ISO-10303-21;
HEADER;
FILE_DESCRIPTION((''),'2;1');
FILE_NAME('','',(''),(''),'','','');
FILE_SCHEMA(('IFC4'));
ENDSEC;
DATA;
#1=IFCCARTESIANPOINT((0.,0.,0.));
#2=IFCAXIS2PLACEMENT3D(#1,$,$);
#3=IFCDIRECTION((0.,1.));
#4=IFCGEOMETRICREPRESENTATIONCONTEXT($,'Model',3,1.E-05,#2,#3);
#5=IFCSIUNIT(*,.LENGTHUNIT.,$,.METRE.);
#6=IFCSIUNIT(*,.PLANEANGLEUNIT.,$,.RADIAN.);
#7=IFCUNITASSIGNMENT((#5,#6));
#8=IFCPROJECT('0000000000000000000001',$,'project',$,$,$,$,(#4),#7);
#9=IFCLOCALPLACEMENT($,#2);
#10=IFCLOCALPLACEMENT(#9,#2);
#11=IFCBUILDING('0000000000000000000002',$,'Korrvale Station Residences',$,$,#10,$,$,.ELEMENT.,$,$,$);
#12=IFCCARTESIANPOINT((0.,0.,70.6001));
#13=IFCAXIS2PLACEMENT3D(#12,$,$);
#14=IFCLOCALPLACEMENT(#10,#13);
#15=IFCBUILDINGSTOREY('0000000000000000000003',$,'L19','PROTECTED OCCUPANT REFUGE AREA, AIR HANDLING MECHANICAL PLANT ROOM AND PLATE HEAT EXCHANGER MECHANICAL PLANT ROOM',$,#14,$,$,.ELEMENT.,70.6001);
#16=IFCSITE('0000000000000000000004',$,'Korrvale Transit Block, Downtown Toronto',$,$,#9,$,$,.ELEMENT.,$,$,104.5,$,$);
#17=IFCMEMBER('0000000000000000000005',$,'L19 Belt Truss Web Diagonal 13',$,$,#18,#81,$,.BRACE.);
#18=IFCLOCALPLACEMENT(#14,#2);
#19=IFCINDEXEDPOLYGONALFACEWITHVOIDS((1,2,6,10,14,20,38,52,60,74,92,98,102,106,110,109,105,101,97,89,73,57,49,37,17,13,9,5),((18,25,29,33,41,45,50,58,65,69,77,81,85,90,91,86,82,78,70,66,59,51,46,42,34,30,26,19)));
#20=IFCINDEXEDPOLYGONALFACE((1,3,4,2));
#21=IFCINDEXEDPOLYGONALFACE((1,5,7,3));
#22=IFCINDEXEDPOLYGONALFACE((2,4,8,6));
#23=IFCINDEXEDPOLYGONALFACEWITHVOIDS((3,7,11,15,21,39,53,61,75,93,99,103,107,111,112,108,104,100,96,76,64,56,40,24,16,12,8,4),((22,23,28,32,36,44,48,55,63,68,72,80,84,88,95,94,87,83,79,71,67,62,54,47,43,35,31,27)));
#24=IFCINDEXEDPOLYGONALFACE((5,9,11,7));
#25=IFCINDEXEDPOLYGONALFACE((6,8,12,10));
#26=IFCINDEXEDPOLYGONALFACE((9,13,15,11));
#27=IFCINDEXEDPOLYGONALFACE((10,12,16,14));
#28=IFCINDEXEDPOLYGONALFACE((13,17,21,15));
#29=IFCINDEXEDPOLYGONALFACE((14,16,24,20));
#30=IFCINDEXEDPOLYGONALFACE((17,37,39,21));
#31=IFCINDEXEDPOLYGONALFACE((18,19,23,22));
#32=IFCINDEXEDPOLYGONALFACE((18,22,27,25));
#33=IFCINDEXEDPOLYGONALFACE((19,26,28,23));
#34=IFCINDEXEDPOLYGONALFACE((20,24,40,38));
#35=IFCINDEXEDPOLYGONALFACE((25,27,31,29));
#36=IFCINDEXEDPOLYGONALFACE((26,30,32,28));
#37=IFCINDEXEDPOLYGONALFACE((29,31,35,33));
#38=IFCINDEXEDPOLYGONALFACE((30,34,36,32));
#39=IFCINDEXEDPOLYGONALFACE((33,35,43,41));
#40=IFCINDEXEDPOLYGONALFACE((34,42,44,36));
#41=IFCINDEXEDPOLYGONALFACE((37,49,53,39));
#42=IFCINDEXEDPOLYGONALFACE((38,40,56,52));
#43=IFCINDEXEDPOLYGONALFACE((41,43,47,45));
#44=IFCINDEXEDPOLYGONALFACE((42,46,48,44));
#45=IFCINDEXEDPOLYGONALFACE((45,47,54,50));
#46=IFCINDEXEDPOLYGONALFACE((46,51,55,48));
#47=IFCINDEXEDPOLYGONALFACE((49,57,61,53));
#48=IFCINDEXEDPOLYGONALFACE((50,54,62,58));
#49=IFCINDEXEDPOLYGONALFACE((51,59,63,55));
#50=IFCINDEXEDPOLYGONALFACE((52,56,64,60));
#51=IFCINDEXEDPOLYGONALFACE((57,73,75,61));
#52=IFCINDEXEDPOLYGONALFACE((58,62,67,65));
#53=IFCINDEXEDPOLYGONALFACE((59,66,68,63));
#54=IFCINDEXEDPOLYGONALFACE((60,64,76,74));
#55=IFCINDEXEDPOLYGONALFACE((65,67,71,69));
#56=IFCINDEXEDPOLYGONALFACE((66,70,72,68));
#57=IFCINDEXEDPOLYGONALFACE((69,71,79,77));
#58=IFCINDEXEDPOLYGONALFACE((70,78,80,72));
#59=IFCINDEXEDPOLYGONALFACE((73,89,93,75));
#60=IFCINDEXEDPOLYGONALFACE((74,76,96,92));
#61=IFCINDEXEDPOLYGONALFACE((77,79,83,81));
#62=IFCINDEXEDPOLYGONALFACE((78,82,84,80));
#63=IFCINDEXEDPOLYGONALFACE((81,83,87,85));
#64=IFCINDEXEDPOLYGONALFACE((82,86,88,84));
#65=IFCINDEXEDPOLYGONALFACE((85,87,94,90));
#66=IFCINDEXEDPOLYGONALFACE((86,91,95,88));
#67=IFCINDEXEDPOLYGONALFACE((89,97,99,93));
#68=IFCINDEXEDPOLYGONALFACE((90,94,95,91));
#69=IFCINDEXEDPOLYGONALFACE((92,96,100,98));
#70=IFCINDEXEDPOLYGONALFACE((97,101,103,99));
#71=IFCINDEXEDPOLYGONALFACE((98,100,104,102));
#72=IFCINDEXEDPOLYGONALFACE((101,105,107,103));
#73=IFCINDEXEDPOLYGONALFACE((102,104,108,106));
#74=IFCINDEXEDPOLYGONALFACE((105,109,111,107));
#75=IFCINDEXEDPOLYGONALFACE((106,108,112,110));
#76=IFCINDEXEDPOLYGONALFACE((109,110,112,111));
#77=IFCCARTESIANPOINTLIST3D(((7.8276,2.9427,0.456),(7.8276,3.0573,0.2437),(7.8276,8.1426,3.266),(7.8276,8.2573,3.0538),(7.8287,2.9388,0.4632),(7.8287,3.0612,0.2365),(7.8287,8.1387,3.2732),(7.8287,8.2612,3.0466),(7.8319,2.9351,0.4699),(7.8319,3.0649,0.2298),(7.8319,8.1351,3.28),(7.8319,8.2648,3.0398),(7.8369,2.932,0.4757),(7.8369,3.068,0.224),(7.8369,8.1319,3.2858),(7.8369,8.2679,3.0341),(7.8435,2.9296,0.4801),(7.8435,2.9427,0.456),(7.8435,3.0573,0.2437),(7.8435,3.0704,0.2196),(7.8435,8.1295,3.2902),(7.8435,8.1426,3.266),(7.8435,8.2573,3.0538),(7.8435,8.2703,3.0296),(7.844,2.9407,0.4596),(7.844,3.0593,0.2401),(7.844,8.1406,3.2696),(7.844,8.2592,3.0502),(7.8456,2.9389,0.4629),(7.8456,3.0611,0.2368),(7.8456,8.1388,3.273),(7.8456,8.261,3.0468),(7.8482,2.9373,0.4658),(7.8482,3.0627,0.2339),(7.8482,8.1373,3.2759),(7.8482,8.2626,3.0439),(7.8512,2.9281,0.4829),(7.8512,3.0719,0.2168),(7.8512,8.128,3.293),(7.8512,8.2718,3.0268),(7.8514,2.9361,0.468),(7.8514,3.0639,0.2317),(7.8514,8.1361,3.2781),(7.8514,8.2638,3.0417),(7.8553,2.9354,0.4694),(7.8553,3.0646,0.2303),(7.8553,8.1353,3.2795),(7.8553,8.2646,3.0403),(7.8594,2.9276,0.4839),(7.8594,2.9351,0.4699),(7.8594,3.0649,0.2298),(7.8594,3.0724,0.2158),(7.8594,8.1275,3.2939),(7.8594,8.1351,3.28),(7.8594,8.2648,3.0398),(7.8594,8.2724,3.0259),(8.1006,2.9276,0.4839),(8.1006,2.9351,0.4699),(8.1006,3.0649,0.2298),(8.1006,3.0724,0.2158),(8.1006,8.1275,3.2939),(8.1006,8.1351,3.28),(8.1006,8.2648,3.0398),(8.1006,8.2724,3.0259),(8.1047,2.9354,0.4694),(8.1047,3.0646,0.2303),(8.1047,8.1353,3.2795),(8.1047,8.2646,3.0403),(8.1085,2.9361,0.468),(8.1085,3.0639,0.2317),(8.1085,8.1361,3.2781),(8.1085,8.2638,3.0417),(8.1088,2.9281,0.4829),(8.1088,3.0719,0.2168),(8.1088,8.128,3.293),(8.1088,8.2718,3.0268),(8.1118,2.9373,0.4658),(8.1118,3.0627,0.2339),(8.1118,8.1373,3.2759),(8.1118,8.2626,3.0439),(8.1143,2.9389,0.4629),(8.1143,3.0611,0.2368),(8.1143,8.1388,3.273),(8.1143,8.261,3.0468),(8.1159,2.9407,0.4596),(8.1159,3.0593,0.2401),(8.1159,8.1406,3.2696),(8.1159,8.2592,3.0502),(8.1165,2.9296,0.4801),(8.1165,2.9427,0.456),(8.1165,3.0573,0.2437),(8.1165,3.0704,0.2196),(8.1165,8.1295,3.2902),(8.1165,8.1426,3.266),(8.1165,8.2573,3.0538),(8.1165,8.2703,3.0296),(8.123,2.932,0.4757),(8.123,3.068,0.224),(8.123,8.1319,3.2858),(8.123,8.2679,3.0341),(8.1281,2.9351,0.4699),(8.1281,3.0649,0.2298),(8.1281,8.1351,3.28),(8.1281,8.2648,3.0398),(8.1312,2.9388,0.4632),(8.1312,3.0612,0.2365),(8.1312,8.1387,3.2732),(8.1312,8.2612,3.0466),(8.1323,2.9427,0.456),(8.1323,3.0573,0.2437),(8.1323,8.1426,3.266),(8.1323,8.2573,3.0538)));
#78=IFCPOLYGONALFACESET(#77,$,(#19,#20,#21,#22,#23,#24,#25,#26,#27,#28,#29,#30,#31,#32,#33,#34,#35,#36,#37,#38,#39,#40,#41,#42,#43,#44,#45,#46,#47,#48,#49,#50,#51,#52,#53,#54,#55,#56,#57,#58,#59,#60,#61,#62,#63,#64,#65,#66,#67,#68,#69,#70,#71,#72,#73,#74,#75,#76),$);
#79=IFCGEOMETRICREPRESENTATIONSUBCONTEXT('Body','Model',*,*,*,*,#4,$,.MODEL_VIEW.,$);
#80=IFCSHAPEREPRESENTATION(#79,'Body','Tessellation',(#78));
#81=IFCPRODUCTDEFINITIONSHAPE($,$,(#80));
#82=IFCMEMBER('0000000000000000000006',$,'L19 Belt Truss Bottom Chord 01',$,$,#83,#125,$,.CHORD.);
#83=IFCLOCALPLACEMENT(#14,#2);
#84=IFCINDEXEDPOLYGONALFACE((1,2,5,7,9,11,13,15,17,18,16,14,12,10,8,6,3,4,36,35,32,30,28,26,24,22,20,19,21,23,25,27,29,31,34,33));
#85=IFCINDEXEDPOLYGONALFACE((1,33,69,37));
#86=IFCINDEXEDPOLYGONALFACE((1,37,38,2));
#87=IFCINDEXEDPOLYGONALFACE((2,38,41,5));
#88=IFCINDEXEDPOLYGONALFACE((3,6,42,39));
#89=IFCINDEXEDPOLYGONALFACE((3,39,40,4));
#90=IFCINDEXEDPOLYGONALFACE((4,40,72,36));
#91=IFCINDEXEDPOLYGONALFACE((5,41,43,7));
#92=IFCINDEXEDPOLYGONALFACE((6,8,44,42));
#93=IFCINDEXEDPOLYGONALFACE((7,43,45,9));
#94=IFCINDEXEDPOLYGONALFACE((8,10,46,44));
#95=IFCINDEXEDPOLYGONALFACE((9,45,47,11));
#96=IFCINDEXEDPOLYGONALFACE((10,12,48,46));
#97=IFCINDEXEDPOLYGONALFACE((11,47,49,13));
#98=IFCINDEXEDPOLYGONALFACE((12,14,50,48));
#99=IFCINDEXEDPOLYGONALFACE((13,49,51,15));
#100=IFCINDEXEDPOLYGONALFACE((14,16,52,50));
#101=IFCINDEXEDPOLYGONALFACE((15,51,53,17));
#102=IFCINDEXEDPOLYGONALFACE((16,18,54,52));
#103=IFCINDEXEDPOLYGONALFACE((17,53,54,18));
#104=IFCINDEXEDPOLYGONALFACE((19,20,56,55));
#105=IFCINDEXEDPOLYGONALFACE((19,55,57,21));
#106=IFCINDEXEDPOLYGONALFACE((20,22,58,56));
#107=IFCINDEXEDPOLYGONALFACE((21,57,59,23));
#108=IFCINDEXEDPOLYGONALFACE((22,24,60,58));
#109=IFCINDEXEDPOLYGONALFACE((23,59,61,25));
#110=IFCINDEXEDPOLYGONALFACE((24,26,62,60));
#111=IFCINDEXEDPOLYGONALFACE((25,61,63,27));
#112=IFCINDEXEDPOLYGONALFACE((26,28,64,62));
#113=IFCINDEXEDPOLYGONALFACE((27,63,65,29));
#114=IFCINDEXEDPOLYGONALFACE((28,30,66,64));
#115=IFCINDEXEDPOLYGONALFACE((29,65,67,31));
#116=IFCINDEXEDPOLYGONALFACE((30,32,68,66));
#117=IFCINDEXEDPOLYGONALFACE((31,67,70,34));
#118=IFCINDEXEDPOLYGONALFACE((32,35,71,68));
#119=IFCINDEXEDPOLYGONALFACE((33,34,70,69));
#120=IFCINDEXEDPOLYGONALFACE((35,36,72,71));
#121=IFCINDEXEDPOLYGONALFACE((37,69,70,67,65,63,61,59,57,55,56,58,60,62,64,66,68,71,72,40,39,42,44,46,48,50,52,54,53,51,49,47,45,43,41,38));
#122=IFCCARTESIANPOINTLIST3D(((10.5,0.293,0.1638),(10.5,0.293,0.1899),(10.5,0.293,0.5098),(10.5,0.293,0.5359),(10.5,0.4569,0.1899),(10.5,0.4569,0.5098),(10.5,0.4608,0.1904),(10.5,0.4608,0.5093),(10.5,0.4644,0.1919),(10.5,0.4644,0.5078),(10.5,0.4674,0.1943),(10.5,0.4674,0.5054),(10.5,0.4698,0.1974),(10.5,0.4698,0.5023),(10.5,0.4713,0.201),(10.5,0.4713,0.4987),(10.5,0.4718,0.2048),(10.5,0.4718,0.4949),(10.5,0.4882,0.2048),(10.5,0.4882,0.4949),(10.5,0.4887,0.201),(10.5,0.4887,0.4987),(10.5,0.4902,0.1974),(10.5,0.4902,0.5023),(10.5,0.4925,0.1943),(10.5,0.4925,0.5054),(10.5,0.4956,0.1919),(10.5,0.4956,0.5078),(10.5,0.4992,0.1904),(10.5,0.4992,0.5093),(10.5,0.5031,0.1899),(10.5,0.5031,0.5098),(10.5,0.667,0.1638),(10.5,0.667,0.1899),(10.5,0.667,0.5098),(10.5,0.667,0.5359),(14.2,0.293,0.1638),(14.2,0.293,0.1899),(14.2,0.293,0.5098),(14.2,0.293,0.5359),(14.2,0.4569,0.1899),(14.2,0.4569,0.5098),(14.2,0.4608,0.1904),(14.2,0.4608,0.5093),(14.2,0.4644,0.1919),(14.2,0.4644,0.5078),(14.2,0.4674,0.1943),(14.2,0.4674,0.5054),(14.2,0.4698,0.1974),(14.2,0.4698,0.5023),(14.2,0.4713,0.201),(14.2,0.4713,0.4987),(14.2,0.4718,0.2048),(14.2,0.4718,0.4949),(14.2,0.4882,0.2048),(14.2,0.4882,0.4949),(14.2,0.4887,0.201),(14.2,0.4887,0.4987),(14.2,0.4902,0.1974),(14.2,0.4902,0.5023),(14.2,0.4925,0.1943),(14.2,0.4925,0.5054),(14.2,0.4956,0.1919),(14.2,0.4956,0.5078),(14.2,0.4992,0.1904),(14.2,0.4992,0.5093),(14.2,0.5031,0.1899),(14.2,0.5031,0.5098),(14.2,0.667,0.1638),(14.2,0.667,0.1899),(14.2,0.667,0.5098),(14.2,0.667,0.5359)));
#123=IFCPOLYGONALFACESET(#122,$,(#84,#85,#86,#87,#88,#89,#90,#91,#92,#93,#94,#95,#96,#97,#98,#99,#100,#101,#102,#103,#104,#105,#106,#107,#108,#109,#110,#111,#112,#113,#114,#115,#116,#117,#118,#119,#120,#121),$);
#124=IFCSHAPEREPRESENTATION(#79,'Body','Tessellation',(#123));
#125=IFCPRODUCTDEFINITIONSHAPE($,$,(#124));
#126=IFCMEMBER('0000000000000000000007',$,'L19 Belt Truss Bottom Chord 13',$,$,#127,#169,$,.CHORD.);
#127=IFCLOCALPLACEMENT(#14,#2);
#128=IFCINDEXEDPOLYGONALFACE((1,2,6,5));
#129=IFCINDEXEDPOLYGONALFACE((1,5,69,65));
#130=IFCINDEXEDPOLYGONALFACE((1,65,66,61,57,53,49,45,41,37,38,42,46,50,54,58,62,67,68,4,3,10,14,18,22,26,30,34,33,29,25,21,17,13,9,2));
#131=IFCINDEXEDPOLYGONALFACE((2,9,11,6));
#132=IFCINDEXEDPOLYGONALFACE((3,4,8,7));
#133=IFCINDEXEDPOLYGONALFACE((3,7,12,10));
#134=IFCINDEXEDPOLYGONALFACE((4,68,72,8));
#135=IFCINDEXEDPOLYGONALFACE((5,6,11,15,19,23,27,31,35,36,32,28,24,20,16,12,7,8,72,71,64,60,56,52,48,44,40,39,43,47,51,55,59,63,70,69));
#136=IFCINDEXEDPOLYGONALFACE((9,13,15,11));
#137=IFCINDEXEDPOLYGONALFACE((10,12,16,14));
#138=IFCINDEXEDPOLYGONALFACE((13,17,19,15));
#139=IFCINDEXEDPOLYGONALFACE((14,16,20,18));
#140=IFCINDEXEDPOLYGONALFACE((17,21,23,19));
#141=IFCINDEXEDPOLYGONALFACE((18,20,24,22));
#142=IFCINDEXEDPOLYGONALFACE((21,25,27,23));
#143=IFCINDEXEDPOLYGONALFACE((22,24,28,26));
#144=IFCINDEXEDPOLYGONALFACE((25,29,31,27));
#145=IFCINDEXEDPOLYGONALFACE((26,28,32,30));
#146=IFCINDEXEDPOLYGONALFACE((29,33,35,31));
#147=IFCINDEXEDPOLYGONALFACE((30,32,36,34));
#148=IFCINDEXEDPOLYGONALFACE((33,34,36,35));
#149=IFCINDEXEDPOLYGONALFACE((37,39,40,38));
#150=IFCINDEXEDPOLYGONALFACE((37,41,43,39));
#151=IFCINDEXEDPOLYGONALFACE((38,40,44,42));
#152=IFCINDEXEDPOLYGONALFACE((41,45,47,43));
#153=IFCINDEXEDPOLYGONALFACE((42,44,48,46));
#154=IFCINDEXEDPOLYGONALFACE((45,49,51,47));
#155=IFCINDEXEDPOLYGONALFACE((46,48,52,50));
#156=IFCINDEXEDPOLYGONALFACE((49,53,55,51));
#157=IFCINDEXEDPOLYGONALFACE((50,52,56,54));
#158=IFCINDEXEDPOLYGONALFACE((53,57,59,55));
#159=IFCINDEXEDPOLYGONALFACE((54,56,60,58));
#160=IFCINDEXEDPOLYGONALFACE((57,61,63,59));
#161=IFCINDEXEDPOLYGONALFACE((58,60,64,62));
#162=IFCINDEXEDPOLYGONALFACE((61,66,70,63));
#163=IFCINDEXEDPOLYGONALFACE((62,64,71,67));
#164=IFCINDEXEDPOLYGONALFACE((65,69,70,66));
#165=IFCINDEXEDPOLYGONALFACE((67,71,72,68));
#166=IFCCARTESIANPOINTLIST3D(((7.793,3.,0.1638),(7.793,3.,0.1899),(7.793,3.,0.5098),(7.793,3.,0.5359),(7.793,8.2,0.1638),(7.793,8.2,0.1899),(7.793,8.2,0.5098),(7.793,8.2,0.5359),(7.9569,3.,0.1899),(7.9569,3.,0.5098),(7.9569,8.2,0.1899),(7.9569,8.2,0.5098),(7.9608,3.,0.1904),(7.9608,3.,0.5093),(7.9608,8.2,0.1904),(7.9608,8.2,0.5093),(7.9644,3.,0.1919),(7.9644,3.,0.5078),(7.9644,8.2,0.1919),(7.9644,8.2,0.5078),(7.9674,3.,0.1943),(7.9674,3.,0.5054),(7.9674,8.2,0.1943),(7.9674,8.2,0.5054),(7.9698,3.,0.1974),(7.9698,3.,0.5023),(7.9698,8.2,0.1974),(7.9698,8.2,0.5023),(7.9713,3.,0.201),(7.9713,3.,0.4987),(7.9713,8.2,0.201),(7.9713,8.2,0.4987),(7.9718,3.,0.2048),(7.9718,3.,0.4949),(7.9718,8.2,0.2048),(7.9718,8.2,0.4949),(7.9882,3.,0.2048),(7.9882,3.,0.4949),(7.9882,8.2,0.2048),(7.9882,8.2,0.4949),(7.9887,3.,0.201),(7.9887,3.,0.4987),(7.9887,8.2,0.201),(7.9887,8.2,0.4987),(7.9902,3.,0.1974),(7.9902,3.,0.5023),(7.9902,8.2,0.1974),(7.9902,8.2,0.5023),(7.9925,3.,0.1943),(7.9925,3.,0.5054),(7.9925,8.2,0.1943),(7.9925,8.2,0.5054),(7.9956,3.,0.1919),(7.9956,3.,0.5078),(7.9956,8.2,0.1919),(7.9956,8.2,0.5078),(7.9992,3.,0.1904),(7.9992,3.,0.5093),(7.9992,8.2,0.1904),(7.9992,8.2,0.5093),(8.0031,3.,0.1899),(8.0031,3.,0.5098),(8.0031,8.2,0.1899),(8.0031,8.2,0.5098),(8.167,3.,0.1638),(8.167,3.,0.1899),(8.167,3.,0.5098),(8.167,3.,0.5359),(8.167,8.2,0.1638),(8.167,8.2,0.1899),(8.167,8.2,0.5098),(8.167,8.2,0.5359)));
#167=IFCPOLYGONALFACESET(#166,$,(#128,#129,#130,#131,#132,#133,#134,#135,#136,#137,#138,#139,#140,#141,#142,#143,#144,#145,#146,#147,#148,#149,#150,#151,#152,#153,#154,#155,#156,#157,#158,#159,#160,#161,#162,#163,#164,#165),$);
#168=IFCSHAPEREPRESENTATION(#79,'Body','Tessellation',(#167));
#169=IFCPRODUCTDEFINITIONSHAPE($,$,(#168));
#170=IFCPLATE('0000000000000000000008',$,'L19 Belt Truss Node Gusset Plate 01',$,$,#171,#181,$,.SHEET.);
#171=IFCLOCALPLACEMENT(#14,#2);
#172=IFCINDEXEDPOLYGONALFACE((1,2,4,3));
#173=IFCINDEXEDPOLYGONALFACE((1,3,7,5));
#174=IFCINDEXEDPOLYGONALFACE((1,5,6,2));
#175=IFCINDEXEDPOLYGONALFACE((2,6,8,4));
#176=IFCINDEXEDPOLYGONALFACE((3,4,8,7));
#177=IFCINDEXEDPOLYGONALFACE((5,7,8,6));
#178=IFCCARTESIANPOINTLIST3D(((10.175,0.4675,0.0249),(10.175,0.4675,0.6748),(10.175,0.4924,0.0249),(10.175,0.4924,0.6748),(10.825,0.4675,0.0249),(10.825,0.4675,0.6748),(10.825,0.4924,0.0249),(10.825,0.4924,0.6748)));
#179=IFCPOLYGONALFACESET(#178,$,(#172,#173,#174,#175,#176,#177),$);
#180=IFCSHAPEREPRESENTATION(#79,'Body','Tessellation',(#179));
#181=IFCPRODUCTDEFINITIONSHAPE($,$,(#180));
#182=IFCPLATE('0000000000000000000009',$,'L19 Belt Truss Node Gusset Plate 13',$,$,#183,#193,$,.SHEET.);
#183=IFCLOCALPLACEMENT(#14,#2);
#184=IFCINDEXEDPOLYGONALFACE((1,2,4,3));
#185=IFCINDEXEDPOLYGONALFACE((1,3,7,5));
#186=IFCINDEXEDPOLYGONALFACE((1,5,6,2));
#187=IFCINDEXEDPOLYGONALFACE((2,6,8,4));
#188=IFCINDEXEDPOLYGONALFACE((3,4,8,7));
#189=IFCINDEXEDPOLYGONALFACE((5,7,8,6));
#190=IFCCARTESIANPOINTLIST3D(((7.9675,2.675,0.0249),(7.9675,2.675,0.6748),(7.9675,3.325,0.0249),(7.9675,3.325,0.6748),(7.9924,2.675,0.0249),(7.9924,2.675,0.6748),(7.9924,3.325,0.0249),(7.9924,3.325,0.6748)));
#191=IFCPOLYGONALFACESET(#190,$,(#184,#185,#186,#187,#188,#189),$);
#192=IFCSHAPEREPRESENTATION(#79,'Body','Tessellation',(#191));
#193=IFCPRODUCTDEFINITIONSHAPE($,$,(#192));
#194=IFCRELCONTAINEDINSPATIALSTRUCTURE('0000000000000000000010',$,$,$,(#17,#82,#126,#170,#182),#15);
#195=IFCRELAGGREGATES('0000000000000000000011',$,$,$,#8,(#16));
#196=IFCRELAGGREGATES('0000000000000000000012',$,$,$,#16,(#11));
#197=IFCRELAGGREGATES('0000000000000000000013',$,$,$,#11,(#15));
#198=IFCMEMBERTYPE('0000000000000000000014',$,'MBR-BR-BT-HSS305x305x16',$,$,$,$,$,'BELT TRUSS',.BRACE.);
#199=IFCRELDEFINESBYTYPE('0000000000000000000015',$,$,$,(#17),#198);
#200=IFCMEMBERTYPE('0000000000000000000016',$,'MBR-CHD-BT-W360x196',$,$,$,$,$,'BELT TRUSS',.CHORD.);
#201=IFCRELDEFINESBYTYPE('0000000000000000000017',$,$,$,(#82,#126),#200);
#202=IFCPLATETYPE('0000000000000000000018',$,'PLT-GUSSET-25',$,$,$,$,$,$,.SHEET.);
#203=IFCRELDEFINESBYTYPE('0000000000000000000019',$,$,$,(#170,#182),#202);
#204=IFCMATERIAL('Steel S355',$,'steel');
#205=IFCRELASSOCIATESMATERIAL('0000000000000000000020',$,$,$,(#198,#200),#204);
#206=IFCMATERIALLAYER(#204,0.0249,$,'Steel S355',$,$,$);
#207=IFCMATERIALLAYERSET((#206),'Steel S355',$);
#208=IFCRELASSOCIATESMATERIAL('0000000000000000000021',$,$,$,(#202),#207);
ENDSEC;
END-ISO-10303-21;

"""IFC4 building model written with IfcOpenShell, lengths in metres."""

from ifc_helpers import new_model, si_unit, direction, frame, origin, origin_2d, place, context, subcontext, project, spatial, rectangle, hollow_rectangle, i_section, extrude, material, layer, layer_set, material_profile, profile_set, type_object, element, save


model = new_model("IFC4")

# Units and contexts
model_context = context("Model", 3, precision=1e-05, world=origin(), true_north=direction((0.0, 1.0)))
body_context = subcontext(model_context, "Body", "Model", "MODEL_VIEW")
ifc_project = project(units=[si_unit("LENGTHUNIT", "METRE"), si_unit("PLANEANGLEUNIT", "RADIAN")], contexts=[model_context])

# Site, building, storey
site_placement = place(None, origin())
site = spatial("IfcSite", under=ifc_project, at=site_placement, Name="Korrvale Transit Block, Downtown Toronto", CompositionType="ELEMENT", RefElevation=104.5)
building_placement = place(site_placement, origin())
building = spatial("IfcBuilding", under=site, at=building_placement, Name="Korrvale Station Residences", CompositionType="ELEMENT")
storey_placement = place(building_placement, frame((0.0, 0.0, 70.6001)))
storey = spatial("IfcBuildingStorey", under=building, at=storey_placement, Name="L19", Description="PROTECTED OCCUPANT REFUGE AREA, AIR HANDLING MECHANICAL PLANT ROOM AND PLATE HEAT EXCHANGER MECHANICAL PLANT ROOM", CompositionType="ELEMENT", Elevation=70.6001)

# Members
ifc_material_1 = material(Name="Steel S355", Category="steel")
ifc_material_profile_1 = material_profile(ifc_material_1, hollow_rectangle(XDim=0.3047, YDim=0.3047, WallThickness=0.0159, InnerFilletRadius=0.0159, OuterFilletRadius=0.0317, at=origin_2d()), Name="HSS305x305x16")
ifc_profile_set_1 = profile_set([ifc_material_profile_1], Name="Steel S355")
member_type_1 = type_object("IfcMemberType", Name="MBR-BR-BT-HSS305x305x16", ElementType="BELT TRUSS", PredefinedType="BRACE", material=ifc_profile_set_1)
member_1_placement = place(storey_placement, frame((7.98, 3.0, 0.3499), z_axis=(0.0, 0.879758, 0.475422), x_axis=(-1.0, 0.0, 0.0)))
element("IfcMember", 1, at=member_1_placement, inside=storey, type_object=member_type_1, Name="L19 Belt Truss Web Diagonal 13", PredefinedType="BRACE", context=body_context, shape_type="SweptSolid", body=[
    extrude(hollow_rectangle(XDim=0.3047, YDim=0.3047, WallThickness=0.0159, InnerFilletRadius=0.0159, OuterFilletRadius=0.0317, at=origin_2d()), origin(), (0.0, 0.0, 1.0), 5.9106),
])
ifc_material_profile_2 = material_profile(ifc_material_1, i_section(OverallWidth=0.374, OverallDepth=0.3721, WebThickness=0.0164, FlangeThickness=0.0261, FilletRadius=0.0149, at=origin_2d()), Name="W360x196")
ifc_profile_set_2 = profile_set([ifc_material_profile_2], Name="Steel S355")
member_type_2 = type_object("IfcMemberType", Name="MBR-CHD-BT-W360x196", ElementType="BELT TRUSS", PredefinedType="CHORD", material=ifc_profile_set_2)
member_2_placement = place(storey_placement, frame((10.5, 0.48, 0.3499), z_axis=(1.0, 0.0, 0.0), x_axis=(0.0, 1.0, 0.0)))
element("IfcMember", 2, at=member_2_placement, inside=storey, type_object=member_type_2, Name="L19 Belt Truss Bottom Chord 01", PredefinedType="CHORD", context=body_context, shape_type="SweptSolid", body=[
    extrude(i_section(OverallWidth=0.374, OverallDepth=0.3721, WebThickness=0.0164, FlangeThickness=0.0261, FilletRadius=0.0149, at=origin_2d()), origin(), (0.0, 0.0, 1.0), 3.7),
])
member_3_placement = place(storey_placement, frame((7.98, 3.0, 0.3499), z_axis=(0.0, 1.0, 0.0), x_axis=(-1.0, 0.0, 0.0)))
element("IfcMember", 3, at=member_3_placement, inside=storey, type_object=member_type_2, Name="L19 Belt Truss Bottom Chord 13", PredefinedType="CHORD", context=body_context, shape_type="SweptSolid", body=[
    extrude(i_section(OverallWidth=0.374, OverallDepth=0.3721, WebThickness=0.0164, FlangeThickness=0.0261, FilletRadius=0.0149, at=origin_2d()), origin(), (0.0, 0.0, 1.0), 5.2),
])

# Plates
ifc_layer_1 = layer(ifc_material_1, 0.0249, Name="Steel S355")
ifc_layer_set_1 = layer_set([ifc_layer_1], Name="Steel S355")
plate_type = type_object("IfcPlateType", Name="PLT-GUSSET-25", PredefinedType="SHEET", material=ifc_layer_set_1)
for number, where, z_axis, x_axis, name in (
    (4, (10.5, 0.48, 0.0249), (0.0, 0.0, 1.0), (1.0, 0.0, 0.0), "L19 Belt Truss Node Gusset Plate 01"),
    (5, (7.98, 3.0, 0.0249), (0.0, 0.0, 1.0), (0.0, 1.0, 0.0), "L19 Belt Truss Node Gusset Plate 13"),
):
    element("IfcPlate", number, at=place(storey_placement, frame(where, z_axis=z_axis, x_axis=x_axis)), inside=storey, type_object=plate_type, Name=name, PredefinedType="SHEET", context=body_context, shape_type="SweptSolid", body=[
        extrude(rectangle(XDim=0.6499, YDim=0.0249, at=origin_2d()), origin(), (0.0, 0.0, 1.0), 0.6499),
    ])

save(model, "model.ifc")
